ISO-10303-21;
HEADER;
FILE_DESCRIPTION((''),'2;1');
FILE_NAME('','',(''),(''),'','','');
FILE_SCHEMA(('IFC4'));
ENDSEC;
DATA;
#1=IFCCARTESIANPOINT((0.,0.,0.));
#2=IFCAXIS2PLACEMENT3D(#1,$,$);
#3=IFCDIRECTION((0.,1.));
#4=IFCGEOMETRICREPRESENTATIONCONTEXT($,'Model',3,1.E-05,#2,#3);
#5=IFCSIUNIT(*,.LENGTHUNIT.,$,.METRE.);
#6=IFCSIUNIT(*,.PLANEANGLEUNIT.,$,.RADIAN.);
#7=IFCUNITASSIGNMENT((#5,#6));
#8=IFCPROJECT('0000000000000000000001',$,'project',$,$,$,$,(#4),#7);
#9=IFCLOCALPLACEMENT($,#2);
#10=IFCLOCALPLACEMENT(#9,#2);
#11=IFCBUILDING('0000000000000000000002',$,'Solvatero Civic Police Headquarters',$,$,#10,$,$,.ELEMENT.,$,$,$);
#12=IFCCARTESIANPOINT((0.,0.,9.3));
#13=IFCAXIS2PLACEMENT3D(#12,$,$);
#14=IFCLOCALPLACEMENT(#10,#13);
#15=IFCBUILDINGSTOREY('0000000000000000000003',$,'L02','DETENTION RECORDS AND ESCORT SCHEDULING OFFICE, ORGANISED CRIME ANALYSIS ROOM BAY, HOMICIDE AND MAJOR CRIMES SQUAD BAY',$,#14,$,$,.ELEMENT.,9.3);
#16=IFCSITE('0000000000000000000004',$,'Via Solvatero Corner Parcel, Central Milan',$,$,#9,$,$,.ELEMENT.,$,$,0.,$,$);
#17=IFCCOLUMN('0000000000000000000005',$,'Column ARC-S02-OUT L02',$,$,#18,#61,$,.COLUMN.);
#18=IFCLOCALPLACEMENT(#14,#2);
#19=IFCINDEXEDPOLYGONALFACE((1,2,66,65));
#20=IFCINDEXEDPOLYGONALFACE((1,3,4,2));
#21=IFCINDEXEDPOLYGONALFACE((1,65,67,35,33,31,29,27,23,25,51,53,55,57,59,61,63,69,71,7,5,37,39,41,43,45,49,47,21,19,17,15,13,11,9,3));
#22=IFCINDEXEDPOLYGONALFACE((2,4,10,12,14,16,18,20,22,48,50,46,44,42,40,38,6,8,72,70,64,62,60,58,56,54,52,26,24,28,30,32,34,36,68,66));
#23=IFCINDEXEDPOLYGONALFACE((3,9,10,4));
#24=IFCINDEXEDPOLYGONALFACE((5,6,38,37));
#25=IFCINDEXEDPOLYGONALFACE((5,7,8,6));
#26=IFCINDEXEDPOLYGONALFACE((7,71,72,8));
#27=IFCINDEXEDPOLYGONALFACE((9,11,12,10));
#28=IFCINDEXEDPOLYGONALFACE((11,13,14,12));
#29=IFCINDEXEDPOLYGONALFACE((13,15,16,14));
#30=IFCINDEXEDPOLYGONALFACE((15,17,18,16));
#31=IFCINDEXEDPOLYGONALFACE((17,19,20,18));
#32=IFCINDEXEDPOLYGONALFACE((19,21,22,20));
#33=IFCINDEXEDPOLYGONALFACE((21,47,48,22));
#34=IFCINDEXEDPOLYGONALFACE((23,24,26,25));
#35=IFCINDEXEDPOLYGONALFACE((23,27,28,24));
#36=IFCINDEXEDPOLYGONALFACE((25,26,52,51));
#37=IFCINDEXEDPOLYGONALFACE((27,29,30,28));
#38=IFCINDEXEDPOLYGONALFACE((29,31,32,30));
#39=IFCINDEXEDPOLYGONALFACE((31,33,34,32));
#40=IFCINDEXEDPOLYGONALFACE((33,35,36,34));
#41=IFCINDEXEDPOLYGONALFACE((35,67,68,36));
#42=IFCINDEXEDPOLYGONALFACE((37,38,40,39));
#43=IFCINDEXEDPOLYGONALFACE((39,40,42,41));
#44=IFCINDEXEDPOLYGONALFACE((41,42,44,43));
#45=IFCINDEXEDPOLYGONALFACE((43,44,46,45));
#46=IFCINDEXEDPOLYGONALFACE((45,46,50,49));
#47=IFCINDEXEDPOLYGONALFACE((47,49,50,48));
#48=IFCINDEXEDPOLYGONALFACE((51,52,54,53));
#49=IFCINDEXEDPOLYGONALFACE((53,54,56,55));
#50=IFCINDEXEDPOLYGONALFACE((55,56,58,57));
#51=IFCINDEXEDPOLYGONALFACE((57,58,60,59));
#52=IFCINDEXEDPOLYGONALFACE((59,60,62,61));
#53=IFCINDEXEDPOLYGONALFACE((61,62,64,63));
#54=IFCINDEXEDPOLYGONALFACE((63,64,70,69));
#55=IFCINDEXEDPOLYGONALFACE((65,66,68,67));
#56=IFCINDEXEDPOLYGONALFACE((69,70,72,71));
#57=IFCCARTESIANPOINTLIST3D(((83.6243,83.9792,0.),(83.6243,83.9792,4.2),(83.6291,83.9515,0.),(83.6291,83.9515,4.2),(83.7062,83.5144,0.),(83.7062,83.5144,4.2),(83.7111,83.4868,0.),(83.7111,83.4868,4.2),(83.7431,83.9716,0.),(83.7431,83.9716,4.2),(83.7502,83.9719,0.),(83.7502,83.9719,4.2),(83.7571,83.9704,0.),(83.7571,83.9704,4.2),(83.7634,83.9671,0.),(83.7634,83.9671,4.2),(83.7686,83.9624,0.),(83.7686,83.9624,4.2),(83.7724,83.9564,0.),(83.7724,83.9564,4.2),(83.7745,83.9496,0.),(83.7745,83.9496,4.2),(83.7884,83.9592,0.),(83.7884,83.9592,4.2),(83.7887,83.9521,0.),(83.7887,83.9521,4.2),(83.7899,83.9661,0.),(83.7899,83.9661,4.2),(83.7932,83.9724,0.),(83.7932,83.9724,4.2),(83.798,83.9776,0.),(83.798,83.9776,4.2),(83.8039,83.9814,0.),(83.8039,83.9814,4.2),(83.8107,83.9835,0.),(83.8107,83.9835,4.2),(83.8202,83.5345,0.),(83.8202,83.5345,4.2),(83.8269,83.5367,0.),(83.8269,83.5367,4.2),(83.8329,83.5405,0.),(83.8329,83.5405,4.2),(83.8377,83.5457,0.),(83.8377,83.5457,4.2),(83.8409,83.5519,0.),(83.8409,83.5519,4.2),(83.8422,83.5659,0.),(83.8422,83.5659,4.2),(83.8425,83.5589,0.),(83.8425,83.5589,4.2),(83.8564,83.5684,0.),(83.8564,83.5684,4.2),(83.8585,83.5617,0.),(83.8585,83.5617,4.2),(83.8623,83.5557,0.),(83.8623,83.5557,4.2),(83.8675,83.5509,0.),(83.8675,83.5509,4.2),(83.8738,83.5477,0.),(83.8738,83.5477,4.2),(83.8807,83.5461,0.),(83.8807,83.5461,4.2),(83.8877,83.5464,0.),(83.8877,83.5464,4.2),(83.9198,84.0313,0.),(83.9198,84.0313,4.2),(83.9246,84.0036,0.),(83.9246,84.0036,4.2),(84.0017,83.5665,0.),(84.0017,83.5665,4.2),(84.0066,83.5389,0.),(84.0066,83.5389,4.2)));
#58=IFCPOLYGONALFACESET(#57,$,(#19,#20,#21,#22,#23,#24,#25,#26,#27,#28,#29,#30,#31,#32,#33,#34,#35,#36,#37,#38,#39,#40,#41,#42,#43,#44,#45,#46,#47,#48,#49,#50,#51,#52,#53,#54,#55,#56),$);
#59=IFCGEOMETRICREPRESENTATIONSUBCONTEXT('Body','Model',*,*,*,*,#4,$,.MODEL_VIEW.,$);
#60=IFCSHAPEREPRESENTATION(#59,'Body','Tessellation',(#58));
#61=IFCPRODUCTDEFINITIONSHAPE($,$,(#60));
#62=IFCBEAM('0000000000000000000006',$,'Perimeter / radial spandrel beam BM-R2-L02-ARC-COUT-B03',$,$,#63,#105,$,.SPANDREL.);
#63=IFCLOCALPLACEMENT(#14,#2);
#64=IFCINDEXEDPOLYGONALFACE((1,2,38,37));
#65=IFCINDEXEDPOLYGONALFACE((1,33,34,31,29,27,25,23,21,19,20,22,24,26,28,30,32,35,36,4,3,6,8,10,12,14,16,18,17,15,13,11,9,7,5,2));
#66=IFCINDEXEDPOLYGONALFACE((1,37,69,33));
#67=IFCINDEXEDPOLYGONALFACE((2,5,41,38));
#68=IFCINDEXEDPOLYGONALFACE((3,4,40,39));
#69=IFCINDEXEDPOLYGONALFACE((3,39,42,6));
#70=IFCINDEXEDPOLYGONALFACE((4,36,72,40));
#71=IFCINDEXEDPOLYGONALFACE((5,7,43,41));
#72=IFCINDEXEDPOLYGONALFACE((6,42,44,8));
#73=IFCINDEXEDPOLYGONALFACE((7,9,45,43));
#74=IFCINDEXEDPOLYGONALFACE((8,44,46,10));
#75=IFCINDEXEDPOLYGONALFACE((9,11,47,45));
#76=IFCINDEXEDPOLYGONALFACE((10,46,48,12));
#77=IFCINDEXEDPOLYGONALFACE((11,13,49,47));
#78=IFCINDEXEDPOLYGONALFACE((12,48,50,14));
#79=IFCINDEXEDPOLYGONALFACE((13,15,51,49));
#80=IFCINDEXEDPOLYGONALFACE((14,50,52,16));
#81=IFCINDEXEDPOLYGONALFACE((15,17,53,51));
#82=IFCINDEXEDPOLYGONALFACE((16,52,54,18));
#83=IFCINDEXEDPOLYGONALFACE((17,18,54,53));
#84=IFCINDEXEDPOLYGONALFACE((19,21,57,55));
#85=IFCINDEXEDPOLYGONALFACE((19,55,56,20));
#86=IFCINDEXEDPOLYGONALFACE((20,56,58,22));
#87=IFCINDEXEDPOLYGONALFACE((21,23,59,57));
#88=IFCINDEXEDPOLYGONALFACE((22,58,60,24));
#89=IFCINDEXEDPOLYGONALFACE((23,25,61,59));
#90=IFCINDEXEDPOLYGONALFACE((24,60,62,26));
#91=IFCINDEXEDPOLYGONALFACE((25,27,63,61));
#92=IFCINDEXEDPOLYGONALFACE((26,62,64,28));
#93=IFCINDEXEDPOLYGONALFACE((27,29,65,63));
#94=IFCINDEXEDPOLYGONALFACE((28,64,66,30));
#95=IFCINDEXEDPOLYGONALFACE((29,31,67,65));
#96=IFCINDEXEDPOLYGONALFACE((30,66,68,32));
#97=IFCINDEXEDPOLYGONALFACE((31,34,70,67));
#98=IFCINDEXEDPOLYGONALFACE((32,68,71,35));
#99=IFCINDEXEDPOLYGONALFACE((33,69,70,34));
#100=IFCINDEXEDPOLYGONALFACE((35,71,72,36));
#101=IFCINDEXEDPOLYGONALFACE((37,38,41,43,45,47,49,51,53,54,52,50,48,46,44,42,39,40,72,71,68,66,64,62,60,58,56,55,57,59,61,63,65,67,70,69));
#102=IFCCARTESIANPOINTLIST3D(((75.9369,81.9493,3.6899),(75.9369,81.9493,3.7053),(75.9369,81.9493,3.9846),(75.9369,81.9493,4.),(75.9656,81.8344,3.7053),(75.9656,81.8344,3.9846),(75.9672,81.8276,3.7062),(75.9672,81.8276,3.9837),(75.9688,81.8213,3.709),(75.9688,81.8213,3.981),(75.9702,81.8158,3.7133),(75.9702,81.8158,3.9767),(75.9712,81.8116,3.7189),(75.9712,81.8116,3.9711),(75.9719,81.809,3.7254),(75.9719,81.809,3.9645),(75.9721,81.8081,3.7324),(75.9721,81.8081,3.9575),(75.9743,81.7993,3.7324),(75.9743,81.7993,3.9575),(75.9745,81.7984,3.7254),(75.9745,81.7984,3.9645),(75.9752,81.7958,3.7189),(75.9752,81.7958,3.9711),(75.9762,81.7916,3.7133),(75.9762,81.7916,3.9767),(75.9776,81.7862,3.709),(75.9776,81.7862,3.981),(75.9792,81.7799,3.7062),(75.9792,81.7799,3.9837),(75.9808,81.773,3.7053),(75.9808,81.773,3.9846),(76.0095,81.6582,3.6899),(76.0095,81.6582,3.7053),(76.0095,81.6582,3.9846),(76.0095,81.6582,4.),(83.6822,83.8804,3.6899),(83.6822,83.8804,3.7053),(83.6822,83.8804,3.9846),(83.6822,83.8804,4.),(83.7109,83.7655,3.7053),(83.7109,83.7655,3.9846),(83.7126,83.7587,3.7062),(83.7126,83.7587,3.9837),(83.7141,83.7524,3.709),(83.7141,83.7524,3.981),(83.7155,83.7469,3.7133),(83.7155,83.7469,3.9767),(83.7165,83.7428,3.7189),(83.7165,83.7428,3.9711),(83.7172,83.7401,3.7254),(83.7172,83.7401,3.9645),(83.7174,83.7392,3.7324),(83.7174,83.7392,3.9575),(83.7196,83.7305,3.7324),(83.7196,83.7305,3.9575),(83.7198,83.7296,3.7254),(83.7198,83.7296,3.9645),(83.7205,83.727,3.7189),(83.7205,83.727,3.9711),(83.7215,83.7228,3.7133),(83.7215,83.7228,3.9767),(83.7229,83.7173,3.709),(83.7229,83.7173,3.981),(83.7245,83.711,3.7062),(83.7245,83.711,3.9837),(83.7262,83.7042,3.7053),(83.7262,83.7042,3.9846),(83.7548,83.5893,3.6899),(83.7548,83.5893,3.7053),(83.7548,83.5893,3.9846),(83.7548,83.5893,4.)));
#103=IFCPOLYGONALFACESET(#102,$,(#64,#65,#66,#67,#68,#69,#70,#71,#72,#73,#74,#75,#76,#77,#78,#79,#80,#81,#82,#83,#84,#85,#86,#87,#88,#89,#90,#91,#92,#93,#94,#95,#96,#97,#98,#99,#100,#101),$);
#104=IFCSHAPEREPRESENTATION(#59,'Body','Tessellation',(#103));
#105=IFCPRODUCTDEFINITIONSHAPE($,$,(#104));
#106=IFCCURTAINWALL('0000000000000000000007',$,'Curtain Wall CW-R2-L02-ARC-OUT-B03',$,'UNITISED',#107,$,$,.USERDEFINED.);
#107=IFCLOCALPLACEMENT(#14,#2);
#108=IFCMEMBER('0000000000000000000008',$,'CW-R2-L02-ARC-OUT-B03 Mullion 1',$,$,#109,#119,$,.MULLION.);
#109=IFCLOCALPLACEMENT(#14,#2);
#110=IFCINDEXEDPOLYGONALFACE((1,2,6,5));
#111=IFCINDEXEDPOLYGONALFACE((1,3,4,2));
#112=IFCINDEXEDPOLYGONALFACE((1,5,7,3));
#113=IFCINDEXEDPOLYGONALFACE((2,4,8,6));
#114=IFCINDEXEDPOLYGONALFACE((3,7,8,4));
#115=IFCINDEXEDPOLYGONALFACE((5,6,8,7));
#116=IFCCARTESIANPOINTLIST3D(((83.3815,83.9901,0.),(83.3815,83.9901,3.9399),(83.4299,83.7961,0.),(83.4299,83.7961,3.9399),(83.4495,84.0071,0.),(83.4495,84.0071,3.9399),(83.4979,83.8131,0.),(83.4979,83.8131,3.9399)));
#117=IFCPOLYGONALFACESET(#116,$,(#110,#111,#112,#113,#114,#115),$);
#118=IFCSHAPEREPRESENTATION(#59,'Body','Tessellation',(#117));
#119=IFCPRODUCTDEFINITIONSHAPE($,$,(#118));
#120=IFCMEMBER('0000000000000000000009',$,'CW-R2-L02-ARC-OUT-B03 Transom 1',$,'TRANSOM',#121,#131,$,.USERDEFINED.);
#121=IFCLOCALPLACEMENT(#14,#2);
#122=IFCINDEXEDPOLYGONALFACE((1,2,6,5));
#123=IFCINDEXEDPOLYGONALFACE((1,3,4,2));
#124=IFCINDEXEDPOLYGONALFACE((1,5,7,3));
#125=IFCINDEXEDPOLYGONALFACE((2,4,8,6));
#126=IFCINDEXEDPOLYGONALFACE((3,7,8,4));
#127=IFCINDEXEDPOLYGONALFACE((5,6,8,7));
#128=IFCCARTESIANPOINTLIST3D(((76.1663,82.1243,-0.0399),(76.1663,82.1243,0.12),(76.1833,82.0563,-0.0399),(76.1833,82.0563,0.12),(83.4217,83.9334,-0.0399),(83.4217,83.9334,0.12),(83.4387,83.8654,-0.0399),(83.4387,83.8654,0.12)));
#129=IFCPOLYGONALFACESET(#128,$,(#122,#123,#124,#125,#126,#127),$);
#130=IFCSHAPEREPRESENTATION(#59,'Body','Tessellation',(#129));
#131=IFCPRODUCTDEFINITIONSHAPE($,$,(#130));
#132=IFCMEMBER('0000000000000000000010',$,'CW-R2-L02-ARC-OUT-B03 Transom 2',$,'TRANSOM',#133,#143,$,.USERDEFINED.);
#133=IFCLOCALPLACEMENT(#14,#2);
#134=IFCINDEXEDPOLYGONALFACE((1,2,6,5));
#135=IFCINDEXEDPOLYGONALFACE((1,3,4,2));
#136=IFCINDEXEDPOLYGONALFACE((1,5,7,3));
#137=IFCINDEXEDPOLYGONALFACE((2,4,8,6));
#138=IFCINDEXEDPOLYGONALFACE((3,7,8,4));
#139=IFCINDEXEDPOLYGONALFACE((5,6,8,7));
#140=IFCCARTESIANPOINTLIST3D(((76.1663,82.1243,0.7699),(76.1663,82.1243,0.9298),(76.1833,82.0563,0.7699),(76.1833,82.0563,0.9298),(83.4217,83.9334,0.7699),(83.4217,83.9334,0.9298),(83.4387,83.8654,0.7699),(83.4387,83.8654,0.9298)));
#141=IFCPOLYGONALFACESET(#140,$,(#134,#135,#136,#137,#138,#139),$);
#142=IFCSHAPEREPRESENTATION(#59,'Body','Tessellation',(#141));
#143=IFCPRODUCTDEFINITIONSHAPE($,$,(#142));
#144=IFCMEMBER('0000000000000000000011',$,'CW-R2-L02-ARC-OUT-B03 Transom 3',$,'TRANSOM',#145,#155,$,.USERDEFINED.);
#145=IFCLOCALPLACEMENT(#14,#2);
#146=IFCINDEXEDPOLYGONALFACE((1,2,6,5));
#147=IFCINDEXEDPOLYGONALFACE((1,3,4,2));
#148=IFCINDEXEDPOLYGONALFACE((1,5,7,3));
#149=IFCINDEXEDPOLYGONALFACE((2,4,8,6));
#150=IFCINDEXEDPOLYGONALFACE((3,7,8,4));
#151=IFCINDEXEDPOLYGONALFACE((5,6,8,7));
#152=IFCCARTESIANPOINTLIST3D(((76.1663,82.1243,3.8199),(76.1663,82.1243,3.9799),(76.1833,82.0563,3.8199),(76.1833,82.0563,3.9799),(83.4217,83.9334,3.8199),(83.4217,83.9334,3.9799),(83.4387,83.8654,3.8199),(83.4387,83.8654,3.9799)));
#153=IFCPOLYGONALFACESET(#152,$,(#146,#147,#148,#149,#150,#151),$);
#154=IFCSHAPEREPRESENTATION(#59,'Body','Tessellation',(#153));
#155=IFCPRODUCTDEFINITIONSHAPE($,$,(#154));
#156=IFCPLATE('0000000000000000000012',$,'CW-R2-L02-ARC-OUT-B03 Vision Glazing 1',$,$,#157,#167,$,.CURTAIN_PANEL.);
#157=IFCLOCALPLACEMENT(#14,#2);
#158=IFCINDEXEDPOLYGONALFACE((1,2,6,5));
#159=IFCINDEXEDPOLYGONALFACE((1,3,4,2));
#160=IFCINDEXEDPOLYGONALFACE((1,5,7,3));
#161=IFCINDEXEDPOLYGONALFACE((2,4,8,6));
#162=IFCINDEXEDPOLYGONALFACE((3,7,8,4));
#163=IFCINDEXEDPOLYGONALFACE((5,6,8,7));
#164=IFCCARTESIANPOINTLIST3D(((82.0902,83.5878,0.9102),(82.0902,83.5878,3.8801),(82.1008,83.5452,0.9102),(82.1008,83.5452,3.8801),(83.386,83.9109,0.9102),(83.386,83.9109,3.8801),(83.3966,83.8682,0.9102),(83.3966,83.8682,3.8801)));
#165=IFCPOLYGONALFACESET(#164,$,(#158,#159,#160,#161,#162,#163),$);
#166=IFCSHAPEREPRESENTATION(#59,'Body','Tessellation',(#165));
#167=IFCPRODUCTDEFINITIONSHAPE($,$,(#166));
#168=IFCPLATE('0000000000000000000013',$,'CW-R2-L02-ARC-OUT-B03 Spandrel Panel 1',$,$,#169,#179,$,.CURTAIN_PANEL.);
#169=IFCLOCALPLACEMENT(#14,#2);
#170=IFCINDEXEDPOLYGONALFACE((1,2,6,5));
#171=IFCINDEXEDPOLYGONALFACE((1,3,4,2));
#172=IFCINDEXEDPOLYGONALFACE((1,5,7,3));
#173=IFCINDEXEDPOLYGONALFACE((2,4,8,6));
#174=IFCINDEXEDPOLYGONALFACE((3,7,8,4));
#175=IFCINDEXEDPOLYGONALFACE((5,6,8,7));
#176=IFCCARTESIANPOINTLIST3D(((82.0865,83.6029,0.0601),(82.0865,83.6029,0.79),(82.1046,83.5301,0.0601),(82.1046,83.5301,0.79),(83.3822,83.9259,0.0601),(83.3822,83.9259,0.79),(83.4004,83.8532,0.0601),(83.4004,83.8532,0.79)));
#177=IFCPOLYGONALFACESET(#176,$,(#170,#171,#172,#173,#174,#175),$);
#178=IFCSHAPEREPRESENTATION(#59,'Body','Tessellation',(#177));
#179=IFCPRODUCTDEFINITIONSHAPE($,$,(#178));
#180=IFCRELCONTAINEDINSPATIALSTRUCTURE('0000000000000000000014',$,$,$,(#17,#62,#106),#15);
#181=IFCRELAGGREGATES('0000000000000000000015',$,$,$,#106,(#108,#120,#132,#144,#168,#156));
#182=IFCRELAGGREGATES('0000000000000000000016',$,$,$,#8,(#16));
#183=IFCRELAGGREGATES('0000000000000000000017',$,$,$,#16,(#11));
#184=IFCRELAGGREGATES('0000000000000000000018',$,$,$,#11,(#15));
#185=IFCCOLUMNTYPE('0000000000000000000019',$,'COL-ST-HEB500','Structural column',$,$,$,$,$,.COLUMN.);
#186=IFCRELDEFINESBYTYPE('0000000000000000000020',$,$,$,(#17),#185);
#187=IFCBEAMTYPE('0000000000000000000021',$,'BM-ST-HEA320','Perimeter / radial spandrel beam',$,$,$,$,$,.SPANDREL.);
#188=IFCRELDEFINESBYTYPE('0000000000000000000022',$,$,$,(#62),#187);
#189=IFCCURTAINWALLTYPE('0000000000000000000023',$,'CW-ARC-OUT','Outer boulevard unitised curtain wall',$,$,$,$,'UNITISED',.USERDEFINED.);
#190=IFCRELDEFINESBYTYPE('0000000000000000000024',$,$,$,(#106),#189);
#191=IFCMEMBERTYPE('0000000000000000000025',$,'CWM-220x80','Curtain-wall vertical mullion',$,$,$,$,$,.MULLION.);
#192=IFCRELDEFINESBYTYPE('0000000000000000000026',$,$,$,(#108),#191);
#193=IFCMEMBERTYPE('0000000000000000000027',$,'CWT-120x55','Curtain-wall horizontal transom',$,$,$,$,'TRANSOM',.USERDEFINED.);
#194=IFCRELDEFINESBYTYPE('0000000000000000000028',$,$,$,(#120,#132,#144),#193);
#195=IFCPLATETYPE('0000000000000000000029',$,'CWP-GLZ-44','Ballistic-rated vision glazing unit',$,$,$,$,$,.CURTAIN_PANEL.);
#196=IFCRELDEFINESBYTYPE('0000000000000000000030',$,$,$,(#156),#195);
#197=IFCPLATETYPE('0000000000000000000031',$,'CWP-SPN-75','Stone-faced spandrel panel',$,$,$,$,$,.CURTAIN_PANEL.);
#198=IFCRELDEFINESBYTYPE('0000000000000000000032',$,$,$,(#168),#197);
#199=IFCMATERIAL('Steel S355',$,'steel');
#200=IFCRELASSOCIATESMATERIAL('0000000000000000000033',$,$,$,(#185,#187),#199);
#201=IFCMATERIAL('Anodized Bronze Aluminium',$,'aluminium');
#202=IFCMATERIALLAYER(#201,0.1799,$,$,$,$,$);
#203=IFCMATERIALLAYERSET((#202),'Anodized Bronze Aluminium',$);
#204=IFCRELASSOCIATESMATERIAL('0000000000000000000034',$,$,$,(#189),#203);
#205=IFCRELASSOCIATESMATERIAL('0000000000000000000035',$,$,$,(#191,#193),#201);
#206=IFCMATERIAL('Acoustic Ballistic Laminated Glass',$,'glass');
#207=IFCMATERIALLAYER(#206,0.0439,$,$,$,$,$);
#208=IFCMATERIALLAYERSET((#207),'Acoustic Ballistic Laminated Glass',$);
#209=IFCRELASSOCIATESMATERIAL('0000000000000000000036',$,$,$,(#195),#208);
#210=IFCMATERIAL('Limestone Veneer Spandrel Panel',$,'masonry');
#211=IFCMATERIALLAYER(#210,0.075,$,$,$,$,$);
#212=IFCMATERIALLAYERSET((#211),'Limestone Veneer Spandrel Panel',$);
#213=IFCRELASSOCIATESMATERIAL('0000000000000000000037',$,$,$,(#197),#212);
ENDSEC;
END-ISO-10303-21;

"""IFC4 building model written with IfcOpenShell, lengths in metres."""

from ifc_helpers import new_model, si_unit, direction, frame, origin, origin_2d, place, context, subcontext, project, spatial, rectangle, i_section, extrude, material, layer, layer_set, material_profile, profile_set, type_object, element, aggregate, save


model = new_model("IFC4")

# Units and contexts
model_context = context("Model", 3, precision=1e-05, world=origin(), true_north=direction((0.0, 1.0)))
body_context = subcontext(model_context, "Body", "Model", "MODEL_VIEW")
ifc_project = project(units=[si_unit("LENGTHUNIT", "METRE"), si_unit("PLANEANGLEUNIT", "RADIAN")], contexts=[model_context])

# Site, building, storey
site_placement = place(None, origin())
site = spatial("IfcSite", under=ifc_project, at=site_placement, Name="Via Solvatero Corner Parcel, Central Milan", CompositionType="ELEMENT", RefElevation=0.0)
building_placement = place(site_placement, origin())
building = spatial("IfcBuilding", under=site, at=building_placement, Name="Solvatero Civic Police Headquarters", CompositionType="ELEMENT")
storey_placement = place(building_placement, frame((0.0, 0.0, 9.3)))
storey = spatial("IfcBuildingStorey", under=building, at=storey_placement, Name="L02", Description="DETENTION RECORDS AND ESCORT SCHEDULING OFFICE, ORGANISED CRIME ANALYSIS ROOM BAY, HOMICIDE AND MAJOR CRIMES SQUAD BAY", CompositionType="ELEMENT", Elevation=9.3)

# Column
ifc_material_1 = material(Name="Steel S355", Category="steel")
ifc_material_profile_1 = material_profile(ifc_material_1, i_section(OverallWidth=0.3, OverallDepth=0.5, WebThickness=0.0144, FlangeThickness=0.0281, FilletRadius=0.0271, at=origin_2d()), Name="HEB 500")
ifc_profile_set_1 = profile_set([ifc_material_profile_1], Name="Steel S355")
column_type = type_object("IfcColumnType", Name="COL-ST-HEB500", Description="Structural column", PredefinedType="COLUMN", material=ifc_profile_set_1)
column_placement = place(storey_placement, frame((83.8154, 83.759, 0.0), z_axis=(0.0, 0.0, 1.0), x_axis=(0.984808, 0.173648, 0.0)))
element("IfcColumn", 1, at=column_placement, inside=storey, type_object=column_type, Name="Column ARC-S02-OUT L02", PredefinedType="COLUMN", context=body_context, shape_type="SweptSolid", body=[
    extrude(i_section(OverallWidth=0.3, OverallDepth=0.5, WebThickness=0.0144, FlangeThickness=0.0281, FilletRadius=0.0271, at=origin_2d()), origin(), (0.0, 0.0, 1.0), 4.2),
])

# Beam
ifc_material_profile_2 = material_profile(ifc_material_1, i_section(OverallWidth=0.3, OverallDepth=0.3101, WebThickness=0.009, FlangeThickness=0.0154, FilletRadius=0.0271, at=origin_2d()), Name="HEA 320")
ifc_profile_set_2 = profile_set([ifc_material_profile_2], Name="Steel S355")
beam_type = type_object("IfcBeamType", Name="BM-ST-HEA320", Description="Perimeter / radial spandrel beam", PredefinedType="SPANDREL", material=ifc_profile_set_2)
beam_placement = place(storey_placement, frame((83.7185, 83.7349, 3.845), z_axis=(-0.970295, -0.241924, 0.0), x_axis=(0.241924, -0.970295, 0.0)))
element("IfcBeam", 2, at=beam_placement, inside=storey, type_object=beam_type, Name="Perimeter / radial spandrel beam BM-R2-L02-ARC-COUT-B03", PredefinedType="SPANDREL", context=body_context, shape_type="SweptSolid", body=[
    extrude(i_section(OverallWidth=0.3, OverallDepth=0.3101, WebThickness=0.009, FlangeThickness=0.0154, FilletRadius=0.0271, at=origin_2d()), origin(), (0.0, 0.0, 1.0), 7.9824),
])

# Curtain wall, members, plates
ifc_material_2 = material(Name="Anodized Bronze Aluminium", Category="aluminium")
ifc_layer_1 = layer(ifc_material_2, 0.1799)
ifc_layer_set_1 = layer_set([ifc_layer_1], Name="Anodized Bronze Aluminium")
curtain_wall_type = type_object("IfcCurtainWallType", Name="CW-ARC-OUT", Description="Outer boulevard unitised curtain wall", ElementType="UNITISED", PredefinedType="USERDEFINED", material=ifc_layer_set_1)
curtain_wall_placement = place(storey_placement, origin())
curtain_wall = element("IfcCurtainWall", 3, at=curtain_wall_placement, inside=storey, type_object=curtain_wall_type, Name="Curtain Wall CW-R2-L02-ARC-OUT-B03", ObjectType="UNITISED", PredefinedType="USERDEFINED")
ifc_material_profile_3 = material_profile(ifc_material_2, rectangle(XDim=0.0701, YDim=0.2, at=origin_2d()), Name="ALU MULLION 70x200")
ifc_profile_set_3 = profile_set([ifc_material_profile_3], Name="Anodized Bronze Aluminium")
member_type_1 = type_object("IfcMemberType", Name="CWM-220x80", Description="Curtain-wall vertical mullion", PredefinedType="MULLION", material=ifc_profile_set_3)
member_1_placement = place(storey_placement, frame((83.4397, 83.9016, 0.0), z_axis=(0.0, 0.0, 1.0), x_axis=(-0.970296, -0.241922, 0.0)))
member_1 = element("IfcMember", 4, at=member_1_placement, type_object=member_type_1, Name="CW-R2-L02-ARC-OUT-B03 Mullion 1", PredefinedType="MULLION", context=body_context, shape_type="SweptSolid", body=[
    extrude(rectangle(XDim=0.0701, YDim=0.2, at=origin_2d()), origin(), (0.0, 0.0, 1.0), 3.9399),
])
ifc_material_profile_4 = material_profile(ifc_material_2, rectangle(XDim=0.0701, YDim=0.1599, at=origin_2d()), Name="ALU TRANSOM 70x160")
ifc_profile_set_4 = profile_set([ifc_material_profile_4], Name="Anodized Bronze Aluminium")
member_type_2 = type_object("IfcMemberType", Name="CWT-120x55", Description="Curtain-wall horizontal transom", ElementType="TRANSOM", PredefinedType="USERDEFINED", material=ifc_profile_set_4)
member_2_placement = place(storey_placement, frame((83.4302, 83.8994, 0.04), z_axis=(-0.970292, -0.241936, 0.0), x_axis=(0.241936, -0.970292, 0.0)))
member_2 = element("IfcMember", 5, at=member_2_placement, type_object=member_type_2, Name="CW-R2-L02-ARC-OUT-B03 Transom 1", ObjectType="TRANSOM", PredefinedType="USERDEFINED", context=body_context, shape_type="SweptSolid", body=[
    extrude(rectangle(XDim=0.0701, YDim=0.1599, at=origin_2d()), origin(), (0.0, 0.0, 1.0), 7.4775),
])
member_3_placement = place(storey_placement, frame((83.4302, 83.8994, 0.8499), z_axis=(-0.970292, -0.241936, 0.0), x_axis=(0.241936, -0.970292, 0.0)))
member_3 = element("IfcMember", 6, at=member_3_placement, type_object=member_type_2, Name="CW-R2-L02-ARC-OUT-B03 Transom 2", ObjectType="TRANSOM", PredefinedType="USERDEFINED", context=body_context, shape_type="SweptSolid", body=[
    extrude(rectangle(XDim=0.0701, YDim=0.1599, at=origin_2d()), origin(), (0.0, 0.0, 1.0), 7.4775),
])
member_4_placement = place(storey_placement, frame((83.4302, 83.8994, 3.8999), z_axis=(-0.970292, -0.241936, 0.0), x_axis=(0.241936, -0.970292, 0.0)))
member_4 = element("IfcMember", 7, at=member_4_placement, type_object=member_type_2, Name="CW-R2-L02-ARC-OUT-B03 Transom 3", ObjectType="TRANSOM", PredefinedType="USERDEFINED", context=body_context, shape_type="SweptSolid", body=[
    extrude(rectangle(XDim=0.0701, YDim=0.1599, at=origin_2d()), origin(), (0.0, 0.0, 1.0), 7.4775),
])
ifc_material_3 = material(Name="Acoustic Ballistic Laminated Glass", Category="glass")
ifc_layer_2 = layer(ifc_material_3, 0.0439)
ifc_layer_set_2 = layer_set([ifc_layer_2], Name="Acoustic Ballistic Laminated Glass")
plate_type_1 = type_object("IfcPlateType", Name="CWP-GLZ-44", Description="Ballistic-rated vision glazing unit", PredefinedType="CURTAIN_PANEL", material=ifc_layer_set_2)
plate_1_placement = place(storey_placement, frame((82.7434, 83.728, 0.9102), z_axis=(0.0, 0.0, 1.0), x_axis=(-0.970296, -0.241922, 0.0)))
plate_1 = element("IfcPlate", 8, at=plate_1_placement, type_object=plate_type_1, Name="CW-R2-L02-ARC-OUT-B03 Vision Glazing 1", PredefinedType="CURTAIN_PANEL", context=body_context, shape_type="SweptSolid", body=[
    extrude(rectangle(XDim=1.3354, YDim=0.0439, at=origin_2d()), origin(), (0.0, 0.0, 1.0), 2.97),
])
ifc_material_4 = material(Name="Limestone Veneer Spandrel Panel", Category="masonry")
ifc_layer_3 = layer(ifc_material_4, 0.075)
ifc_layer_set_3 = layer_set([ifc_layer_3], Name="Limestone Veneer Spandrel Panel")
plate_type_2 = type_object("IfcPlateType", Name="CWP-SPN-75", Description="Stone-faced spandrel panel", PredefinedType="CURTAIN_PANEL", material=ifc_layer_set_3)
plate_2_placement = place(storey_placement, frame((82.7434, 83.728, 0.0601), z_axis=(0.0, 0.0, 1.0), x_axis=(-0.970296, -0.241922, 0.0)))
plate_2 = element("IfcPlate", 9, at=plate_2_placement, type_object=plate_type_2, Name="CW-R2-L02-ARC-OUT-B03 Spandrel Panel 1", PredefinedType="CURTAIN_PANEL", context=body_context, shape_type="SweptSolid", body=[
    extrude(rectangle(XDim=1.3354, YDim=0.075, at=origin_2d()), origin(), (0.0, 0.0, 1.0), 0.73),
])
aggregate(curtain_wall, [member_1, member_2, member_3, member_4, plate_2, plate_1])

save(model, "model.ifc")
